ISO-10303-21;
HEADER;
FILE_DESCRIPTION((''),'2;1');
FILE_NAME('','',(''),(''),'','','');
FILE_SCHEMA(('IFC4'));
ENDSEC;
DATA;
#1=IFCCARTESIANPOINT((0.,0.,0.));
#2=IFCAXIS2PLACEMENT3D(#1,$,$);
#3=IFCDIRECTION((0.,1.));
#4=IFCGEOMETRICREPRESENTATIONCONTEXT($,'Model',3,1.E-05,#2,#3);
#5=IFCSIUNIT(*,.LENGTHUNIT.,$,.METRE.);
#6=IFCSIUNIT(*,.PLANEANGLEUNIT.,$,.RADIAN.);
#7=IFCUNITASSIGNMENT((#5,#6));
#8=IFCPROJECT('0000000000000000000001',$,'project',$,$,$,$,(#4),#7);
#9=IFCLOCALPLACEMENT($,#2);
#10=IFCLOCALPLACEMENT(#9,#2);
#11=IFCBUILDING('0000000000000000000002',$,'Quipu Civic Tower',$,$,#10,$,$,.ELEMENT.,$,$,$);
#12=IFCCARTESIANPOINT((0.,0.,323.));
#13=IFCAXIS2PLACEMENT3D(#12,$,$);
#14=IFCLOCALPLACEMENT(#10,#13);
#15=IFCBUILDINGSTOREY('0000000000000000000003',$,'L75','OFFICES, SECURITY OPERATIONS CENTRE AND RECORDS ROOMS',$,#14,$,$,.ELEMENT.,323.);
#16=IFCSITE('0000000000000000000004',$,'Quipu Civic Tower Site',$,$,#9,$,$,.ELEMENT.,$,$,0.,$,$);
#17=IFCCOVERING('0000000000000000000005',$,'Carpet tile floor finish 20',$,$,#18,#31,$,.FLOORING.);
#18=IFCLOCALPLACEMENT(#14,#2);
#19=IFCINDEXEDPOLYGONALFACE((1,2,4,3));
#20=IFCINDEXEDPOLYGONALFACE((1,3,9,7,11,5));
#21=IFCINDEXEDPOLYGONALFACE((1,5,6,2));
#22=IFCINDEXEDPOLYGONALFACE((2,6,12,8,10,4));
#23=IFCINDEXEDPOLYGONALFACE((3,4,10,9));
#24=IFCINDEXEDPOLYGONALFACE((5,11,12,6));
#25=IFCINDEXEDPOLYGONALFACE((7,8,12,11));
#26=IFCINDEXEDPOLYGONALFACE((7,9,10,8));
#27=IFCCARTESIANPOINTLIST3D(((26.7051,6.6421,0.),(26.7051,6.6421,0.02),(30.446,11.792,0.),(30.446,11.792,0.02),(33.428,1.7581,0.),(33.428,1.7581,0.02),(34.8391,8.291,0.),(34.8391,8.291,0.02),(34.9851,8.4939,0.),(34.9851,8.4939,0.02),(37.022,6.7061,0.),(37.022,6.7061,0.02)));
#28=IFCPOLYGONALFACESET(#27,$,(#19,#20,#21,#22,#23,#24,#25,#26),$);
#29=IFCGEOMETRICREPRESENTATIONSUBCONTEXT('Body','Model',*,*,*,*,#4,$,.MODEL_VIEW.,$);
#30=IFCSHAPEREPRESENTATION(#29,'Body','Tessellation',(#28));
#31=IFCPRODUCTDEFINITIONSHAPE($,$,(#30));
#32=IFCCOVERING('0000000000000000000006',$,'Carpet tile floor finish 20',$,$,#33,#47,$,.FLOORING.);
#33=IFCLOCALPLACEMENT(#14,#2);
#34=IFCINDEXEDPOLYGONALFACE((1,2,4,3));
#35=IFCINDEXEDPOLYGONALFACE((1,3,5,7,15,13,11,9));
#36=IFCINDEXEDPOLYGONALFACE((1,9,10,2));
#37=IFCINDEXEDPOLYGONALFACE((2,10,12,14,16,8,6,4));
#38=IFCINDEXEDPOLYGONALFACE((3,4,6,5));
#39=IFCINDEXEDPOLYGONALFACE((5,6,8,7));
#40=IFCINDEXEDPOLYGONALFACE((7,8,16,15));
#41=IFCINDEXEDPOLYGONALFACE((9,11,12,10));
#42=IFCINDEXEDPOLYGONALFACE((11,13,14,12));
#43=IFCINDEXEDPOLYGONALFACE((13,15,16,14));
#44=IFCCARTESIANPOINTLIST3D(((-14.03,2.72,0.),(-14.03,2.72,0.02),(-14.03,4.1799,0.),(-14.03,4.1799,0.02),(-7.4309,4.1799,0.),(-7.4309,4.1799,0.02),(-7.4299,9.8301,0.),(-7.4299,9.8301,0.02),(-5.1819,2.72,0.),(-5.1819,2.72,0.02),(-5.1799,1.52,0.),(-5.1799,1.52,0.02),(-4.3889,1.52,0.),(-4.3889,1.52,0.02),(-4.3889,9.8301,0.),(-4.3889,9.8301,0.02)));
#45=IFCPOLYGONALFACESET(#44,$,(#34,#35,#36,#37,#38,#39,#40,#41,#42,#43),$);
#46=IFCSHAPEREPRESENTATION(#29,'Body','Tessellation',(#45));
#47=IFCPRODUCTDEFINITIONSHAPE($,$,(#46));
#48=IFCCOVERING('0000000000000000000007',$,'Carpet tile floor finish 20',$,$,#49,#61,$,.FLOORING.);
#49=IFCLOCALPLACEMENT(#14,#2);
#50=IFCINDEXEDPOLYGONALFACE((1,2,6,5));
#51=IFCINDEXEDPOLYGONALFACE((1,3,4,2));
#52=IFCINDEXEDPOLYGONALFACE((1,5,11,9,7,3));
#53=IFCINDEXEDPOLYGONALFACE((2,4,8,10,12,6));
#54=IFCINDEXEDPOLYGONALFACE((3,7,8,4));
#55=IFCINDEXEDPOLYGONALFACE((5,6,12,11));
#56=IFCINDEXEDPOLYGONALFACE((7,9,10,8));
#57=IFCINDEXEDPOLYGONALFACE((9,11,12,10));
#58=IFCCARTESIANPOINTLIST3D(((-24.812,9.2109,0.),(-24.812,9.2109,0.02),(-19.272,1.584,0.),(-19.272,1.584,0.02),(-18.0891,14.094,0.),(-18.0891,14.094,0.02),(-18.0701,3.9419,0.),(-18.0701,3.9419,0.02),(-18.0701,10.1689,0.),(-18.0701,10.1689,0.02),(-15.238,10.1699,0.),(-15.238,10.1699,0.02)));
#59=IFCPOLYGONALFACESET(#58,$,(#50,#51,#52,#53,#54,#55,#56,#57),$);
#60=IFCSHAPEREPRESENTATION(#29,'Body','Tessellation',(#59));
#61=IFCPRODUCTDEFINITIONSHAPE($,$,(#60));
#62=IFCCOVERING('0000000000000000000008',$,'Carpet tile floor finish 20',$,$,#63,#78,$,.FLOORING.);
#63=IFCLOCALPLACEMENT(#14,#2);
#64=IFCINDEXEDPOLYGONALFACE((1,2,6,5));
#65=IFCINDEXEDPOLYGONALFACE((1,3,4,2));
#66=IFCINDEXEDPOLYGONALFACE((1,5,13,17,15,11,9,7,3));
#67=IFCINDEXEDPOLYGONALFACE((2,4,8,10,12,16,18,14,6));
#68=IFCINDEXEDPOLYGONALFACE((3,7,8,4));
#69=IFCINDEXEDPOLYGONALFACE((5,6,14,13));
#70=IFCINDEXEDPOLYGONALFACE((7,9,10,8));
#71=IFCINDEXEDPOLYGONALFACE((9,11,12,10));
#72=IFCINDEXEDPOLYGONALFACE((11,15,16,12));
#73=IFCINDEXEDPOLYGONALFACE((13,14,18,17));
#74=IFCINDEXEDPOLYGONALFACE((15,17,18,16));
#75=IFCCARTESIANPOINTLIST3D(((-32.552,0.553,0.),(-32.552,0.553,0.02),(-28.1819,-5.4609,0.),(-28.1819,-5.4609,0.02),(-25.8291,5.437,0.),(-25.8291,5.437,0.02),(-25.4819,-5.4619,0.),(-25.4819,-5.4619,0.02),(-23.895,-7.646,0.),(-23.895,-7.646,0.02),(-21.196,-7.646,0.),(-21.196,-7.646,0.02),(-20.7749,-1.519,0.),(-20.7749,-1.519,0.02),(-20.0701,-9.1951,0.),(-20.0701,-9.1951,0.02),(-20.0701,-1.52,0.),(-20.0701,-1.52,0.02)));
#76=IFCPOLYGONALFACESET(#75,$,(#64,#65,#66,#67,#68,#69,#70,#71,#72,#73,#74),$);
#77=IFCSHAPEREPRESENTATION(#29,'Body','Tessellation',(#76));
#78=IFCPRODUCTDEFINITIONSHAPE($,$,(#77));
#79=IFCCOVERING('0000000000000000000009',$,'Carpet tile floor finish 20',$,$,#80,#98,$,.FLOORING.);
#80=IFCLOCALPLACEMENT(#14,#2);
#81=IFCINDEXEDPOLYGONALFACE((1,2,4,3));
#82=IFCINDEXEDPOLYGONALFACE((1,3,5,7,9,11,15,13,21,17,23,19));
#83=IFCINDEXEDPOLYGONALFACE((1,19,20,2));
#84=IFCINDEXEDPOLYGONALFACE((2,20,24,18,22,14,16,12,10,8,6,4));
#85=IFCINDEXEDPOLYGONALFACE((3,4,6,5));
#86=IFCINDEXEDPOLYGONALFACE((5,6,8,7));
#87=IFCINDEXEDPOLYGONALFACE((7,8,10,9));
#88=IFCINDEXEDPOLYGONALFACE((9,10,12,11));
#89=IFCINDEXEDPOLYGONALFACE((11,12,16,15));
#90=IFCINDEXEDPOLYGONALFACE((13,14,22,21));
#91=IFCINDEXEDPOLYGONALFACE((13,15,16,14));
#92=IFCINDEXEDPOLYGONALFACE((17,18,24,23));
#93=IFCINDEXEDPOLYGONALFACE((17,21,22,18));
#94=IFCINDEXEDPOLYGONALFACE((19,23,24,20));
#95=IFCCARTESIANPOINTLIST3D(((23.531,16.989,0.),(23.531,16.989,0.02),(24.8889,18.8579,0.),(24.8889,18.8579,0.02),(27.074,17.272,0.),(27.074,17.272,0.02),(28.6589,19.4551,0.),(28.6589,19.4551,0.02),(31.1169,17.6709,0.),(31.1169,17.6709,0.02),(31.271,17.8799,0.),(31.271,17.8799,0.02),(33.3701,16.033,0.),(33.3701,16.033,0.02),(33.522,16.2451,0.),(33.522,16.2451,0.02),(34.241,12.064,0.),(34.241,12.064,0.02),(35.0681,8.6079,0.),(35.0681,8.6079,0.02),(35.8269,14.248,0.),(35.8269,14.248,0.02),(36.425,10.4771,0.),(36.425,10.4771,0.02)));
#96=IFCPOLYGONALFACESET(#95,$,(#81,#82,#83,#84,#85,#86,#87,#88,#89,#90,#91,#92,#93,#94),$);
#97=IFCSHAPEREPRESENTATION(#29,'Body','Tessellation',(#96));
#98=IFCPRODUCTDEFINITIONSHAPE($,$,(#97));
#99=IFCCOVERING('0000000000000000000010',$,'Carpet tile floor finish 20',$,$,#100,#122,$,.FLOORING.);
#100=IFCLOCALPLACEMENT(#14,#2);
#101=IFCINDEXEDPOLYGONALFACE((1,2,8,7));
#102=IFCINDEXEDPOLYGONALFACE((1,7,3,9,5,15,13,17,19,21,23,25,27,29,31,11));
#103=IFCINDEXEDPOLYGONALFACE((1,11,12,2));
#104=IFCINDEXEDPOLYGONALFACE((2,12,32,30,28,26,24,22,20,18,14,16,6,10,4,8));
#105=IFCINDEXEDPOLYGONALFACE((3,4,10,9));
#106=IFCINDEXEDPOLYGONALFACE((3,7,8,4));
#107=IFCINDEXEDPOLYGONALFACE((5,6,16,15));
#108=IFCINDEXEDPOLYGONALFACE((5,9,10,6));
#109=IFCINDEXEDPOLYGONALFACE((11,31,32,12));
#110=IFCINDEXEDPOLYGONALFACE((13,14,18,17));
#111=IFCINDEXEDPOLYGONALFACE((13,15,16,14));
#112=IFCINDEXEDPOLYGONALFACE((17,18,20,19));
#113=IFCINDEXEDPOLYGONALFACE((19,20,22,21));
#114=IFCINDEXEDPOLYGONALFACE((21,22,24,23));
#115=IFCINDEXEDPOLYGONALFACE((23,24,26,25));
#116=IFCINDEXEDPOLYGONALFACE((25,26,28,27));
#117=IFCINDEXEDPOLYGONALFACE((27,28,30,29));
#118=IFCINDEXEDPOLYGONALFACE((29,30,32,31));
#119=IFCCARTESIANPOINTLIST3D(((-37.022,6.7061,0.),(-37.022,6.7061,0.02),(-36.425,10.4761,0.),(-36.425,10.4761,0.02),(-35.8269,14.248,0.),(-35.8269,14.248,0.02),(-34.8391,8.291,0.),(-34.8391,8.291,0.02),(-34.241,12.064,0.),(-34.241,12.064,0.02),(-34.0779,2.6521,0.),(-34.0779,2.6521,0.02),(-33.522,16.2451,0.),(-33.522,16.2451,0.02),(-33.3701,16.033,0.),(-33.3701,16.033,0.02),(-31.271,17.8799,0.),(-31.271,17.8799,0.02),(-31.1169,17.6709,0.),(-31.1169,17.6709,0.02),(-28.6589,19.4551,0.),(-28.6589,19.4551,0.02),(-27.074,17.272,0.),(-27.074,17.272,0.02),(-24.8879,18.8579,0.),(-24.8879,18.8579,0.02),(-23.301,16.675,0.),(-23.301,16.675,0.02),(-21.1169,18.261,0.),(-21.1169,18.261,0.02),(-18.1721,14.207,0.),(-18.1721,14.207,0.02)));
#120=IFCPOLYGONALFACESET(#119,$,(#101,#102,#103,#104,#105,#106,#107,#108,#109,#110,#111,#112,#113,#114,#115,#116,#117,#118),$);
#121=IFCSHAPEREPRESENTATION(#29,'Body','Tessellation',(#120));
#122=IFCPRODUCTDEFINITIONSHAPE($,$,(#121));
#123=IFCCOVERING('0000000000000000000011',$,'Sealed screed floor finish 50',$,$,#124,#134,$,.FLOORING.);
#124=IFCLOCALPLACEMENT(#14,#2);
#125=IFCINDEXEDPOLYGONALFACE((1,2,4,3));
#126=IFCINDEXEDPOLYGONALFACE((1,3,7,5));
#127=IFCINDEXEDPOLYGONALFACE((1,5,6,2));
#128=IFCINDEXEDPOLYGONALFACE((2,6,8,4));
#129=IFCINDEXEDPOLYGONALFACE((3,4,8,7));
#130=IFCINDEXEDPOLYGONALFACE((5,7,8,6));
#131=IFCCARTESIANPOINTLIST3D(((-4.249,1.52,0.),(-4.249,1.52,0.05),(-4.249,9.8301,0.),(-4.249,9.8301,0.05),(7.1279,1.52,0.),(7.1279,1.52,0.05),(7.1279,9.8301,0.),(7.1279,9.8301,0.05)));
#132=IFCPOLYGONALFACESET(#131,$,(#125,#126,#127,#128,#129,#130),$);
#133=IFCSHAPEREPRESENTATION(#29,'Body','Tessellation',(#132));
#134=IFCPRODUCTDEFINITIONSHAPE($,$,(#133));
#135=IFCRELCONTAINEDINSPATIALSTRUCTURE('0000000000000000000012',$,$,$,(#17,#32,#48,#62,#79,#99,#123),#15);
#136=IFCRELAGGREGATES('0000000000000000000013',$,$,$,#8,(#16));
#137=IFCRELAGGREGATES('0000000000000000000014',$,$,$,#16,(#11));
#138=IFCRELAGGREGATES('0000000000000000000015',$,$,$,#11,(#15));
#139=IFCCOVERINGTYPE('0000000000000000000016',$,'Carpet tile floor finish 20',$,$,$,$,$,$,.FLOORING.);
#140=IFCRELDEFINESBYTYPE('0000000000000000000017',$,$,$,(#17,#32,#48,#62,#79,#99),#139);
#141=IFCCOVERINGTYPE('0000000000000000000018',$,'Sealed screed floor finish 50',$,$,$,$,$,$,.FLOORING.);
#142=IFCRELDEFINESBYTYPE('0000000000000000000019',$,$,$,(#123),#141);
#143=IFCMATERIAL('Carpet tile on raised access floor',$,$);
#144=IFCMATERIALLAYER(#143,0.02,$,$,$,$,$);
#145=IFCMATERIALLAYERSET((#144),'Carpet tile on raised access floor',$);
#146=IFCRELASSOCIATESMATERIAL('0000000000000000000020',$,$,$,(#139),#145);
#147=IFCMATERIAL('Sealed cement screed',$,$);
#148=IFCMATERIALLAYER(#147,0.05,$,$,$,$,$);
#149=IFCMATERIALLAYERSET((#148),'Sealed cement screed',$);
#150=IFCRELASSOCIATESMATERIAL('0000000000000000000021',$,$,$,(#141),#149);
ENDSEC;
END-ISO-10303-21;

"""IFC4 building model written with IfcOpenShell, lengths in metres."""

from ifc_helpers import new_model, si_unit, direction, frame, origin, place, context, subcontext, project, spatial, polyline, outline, extrude, material, layer, layer_set, type_object, element, save


model = new_model("IFC4")

# Units and contexts
model_context = context("Model", 3, precision=1e-05, world=origin(), true_north=direction((0.0, 1.0)))
body_context = subcontext(model_context, "Body", "Model", "MODEL_VIEW")
ifc_project = project(units=[si_unit("LENGTHUNIT", "METRE"), si_unit("PLANEANGLEUNIT", "RADIAN")], contexts=[model_context])

# Site, building, storey
site_placement = place(None, origin())
site = spatial("IfcSite", under=ifc_project, at=site_placement, Name="Quipu Civic Tower Site", CompositionType="ELEMENT", RefElevation=0.0)
building_placement = place(site_placement, origin())
building = spatial("IfcBuilding", under=site, at=building_placement, Name="Quipu Civic Tower", CompositionType="ELEMENT")
storey_placement = place(building_placement, frame((0.0, 0.0, 323.0)))
storey = spatial("IfcBuildingStorey", under=building, at=storey_placement, Name="L75", Description="OFFICES, SECURITY OPERATIONS CENTRE AND RECORDS ROOMS", CompositionType="ELEMENT", Elevation=323.0)

# Coverings
ifc_material_1 = material(Name="Carpet tile on raised access floor")
ifc_layer_1 = layer(ifc_material_1, 0.02)
ifc_layer_set_1 = layer_set([ifc_layer_1], Name="Carpet tile on raised access floor")
covering_type_1 = type_object("IfcCoveringType", Name="Carpet tile floor finish 20", PredefinedType="FLOORING", material=ifc_layer_set_1)
covering_1_placement = place(storey_placement, origin())
element("IfcCovering", 1, at=covering_1_placement, inside=storey, type_object=covering_type_1, Name="Carpet tile floor finish 20", PredefinedType="FLOORING", context=body_context, shape_type="SweptSolid", body=[
    extrude(outline(polyline([(26.7051, 6.6421), (30.446, 11.792), (34.9851, 8.4939), (34.8391, 8.291), (37.022, 6.7061), (33.428, 1.7581), (26.7051, 6.6421)])), origin(), (0.0, 0.0, 1.0), 0.02),
])
covering_2_placement = place(storey_placement, origin())
element("IfcCovering", 2, at=covering_2_placement, inside=storey, type_object=covering_type_1, Name="Carpet tile floor finish 20", PredefinedType="FLOORING", context=body_context, shape_type="SweptSolid", body=[
    extrude(outline(polyline([(-14.03, 2.72), (-14.03, 4.1799), (-7.4309, 4.1799), (-7.4299, 9.8301), (-4.3889, 9.8301), (-4.3889, 1.52), (-5.1799, 1.52), (-5.1819, 2.72), (-14.03, 2.72)])), origin(), (0.0, 0.0, 1.0), 0.02),
])
covering_3_placement = place(storey_placement, origin())
element("IfcCovering", 3, at=covering_3_placement, inside=storey, type_object=covering_type_1, Name="Carpet tile floor finish 20", PredefinedType="FLOORING", context=body_context, shape_type="SweptSolid", body=[
    extrude(outline(polyline([(-24.812, 9.2109), (-18.0891, 14.094), (-15.238, 10.1699), (-18.0701, 10.1689), (-18.0701, 3.9419), (-19.272, 1.584), (-24.812, 9.2109)])), origin(), (0.0, 0.0, 1.0), 0.02),
])
covering_4_placement = place(storey_placement, origin())
element("IfcCovering", 4, at=covering_4_placement, inside=storey, type_object=covering_type_1, Name="Carpet tile floor finish 20", PredefinedType="FLOORING", context=body_context, shape_type="SweptSolid", body=[
    extrude(outline(polyline([(-32.552, 0.553), (-25.8291, 5.437), (-20.7749, -1.519), (-20.0701, -1.52), (-20.0701, -9.1951), (-21.196, -7.646), (-23.895, -7.646), (-25.4819, -5.4619), (-28.1819, -5.4609), (-32.552, 0.553)])), origin(), (0.0, 0.0, 1.0), 0.02),
])
covering_5_placement = place(storey_placement, origin())
element("IfcCovering", 5, at=covering_5_placement, inside=storey, type_object=covering_type_1, Name="Carpet tile floor finish 20", PredefinedType="FLOORING", context=body_context, shape_type="SweptSolid", body=[
    extrude(outline(polyline([(23.531, 16.989), (24.8889, 18.8579), (27.074, 17.272), (28.6589, 19.4551), (31.1169, 17.6709), (31.271, 17.8799), (33.522, 16.2451), (33.3701, 16.033), (35.8269, 14.248), (34.241, 12.064), (36.425, 10.4771), (35.0681, 8.6079), (23.531, 16.989)])), origin(), (0.0, 0.0, 1.0), 0.02),
])
covering_6_placement = place(storey_placement, origin())
element("IfcCovering", 6, at=covering_6_placement, inside=storey, type_object=covering_type_1, Name="Carpet tile floor finish 20", PredefinedType="FLOORING", context=body_context, shape_type="SweptSolid", body=[
    extrude(outline(polyline([(-37.022, 6.7061), (-34.8391, 8.291), (-36.425, 10.4761), (-34.241, 12.064), (-35.8269, 14.248), (-33.3701, 16.033), (-33.522, 16.2451), (-31.271, 17.8799), (-31.1169, 17.6709), (-28.6589, 19.4551), (-27.074, 17.272), (-24.8879, 18.8579), (-23.301, 16.675), (-21.1169, 18.261), (-18.1721, 14.207), (-34.0779, 2.6521), (-37.022, 6.7061)])), origin(), (0.0, 0.0, 1.0), 0.02),
])
ifc_material_2 = material(Name="Sealed cement screed")
ifc_layer_2 = layer(ifc_material_2, 0.05)
ifc_layer_set_2 = layer_set([ifc_layer_2], Name="Sealed cement screed")
covering_type_2 = type_object("IfcCoveringType", Name="Sealed screed floor finish 50", PredefinedType="FLOORING", material=ifc_layer_set_2)
covering_7_placement = place(storey_placement, origin())
element("IfcCovering", 7, at=covering_7_placement, inside=storey, type_object=covering_type_2, Name="Sealed screed floor finish 50", PredefinedType="FLOORING", context=body_context, shape_type="SweptSolid", body=[
    extrude(outline(polyline([(-4.249, 1.52), (-4.249, 9.8301), (7.1279, 9.8301), (7.1279, 1.52), (-4.249, 1.52)])), origin(), (0.0, 0.0, 1.0), 0.05),
])

save(model, "model.ifc")
